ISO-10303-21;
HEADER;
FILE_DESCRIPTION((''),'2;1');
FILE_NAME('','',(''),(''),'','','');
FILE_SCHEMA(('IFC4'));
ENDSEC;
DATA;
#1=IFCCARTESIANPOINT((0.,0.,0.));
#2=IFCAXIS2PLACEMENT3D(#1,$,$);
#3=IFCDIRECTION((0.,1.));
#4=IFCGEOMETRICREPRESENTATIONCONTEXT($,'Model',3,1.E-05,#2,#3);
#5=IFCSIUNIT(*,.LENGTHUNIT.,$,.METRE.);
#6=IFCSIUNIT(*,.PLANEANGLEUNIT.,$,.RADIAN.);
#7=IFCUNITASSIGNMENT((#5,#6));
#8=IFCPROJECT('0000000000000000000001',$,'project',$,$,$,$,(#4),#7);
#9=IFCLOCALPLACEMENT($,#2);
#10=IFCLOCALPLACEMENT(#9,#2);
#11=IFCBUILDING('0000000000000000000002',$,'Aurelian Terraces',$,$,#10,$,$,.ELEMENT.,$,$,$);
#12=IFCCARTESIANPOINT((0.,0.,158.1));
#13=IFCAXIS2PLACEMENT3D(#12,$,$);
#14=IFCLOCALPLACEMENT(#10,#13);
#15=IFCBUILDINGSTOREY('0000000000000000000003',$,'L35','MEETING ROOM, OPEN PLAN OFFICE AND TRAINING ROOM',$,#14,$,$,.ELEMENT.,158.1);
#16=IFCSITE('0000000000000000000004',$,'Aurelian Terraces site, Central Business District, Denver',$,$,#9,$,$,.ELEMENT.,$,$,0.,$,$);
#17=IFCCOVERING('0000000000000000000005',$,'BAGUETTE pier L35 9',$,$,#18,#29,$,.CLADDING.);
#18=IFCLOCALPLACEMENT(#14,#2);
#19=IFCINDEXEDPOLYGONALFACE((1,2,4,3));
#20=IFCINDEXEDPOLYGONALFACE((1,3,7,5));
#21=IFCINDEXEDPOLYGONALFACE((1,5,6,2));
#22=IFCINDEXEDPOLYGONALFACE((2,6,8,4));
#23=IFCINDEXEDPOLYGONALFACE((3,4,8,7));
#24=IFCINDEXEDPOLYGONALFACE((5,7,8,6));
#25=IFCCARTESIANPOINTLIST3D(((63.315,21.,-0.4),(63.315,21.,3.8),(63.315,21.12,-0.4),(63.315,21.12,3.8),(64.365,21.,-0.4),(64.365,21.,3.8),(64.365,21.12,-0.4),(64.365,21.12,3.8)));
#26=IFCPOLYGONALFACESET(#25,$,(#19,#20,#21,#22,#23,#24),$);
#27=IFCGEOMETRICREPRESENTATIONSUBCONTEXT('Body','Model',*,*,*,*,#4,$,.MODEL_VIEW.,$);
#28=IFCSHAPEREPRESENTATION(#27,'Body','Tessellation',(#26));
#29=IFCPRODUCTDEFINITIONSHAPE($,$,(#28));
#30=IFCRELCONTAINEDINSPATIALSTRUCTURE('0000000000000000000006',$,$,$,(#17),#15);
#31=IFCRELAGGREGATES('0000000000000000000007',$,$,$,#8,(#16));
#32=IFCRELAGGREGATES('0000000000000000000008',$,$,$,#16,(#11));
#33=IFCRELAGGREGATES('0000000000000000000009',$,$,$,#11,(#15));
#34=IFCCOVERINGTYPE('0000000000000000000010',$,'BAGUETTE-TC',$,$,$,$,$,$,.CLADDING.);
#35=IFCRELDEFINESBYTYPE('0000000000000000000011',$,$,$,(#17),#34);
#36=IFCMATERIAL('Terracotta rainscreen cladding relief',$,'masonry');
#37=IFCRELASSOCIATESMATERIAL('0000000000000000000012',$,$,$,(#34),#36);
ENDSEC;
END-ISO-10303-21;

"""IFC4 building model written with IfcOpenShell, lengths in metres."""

from ifc_helpers import new_model, si_unit, direction, frame, origin, origin_2d, place, context, subcontext, project, spatial, rectangle, extrude, source, transform, mapped, material, type_object, element, save


model = new_model("IFC4")

# Units and contexts
model_context = context("Model", 3, precision=1e-05, world=origin(), true_north=direction((0.0, 1.0)))
body_context = subcontext(model_context, "Body", "Model", "MODEL_VIEW")
ifc_project = project(units=[si_unit("LENGTHUNIT", "METRE"), si_unit("PLANEANGLEUNIT", "RADIAN")], contexts=[model_context])

# Site, building, storey
site_placement = place(None, origin())
site = spatial("IfcSite", under=ifc_project, at=site_placement, Name="Aurelian Terraces site, Central Business District, Denver", CompositionType="ELEMENT", RefElevation=0.0)
building_placement = place(site_placement, origin())
building = spatial("IfcBuilding", under=site, at=building_placement, Name="Aurelian Terraces", CompositionType="ELEMENT")
storey_placement = place(building_placement, frame((0.0, 0.0, 158.1)))
storey = spatial("IfcBuildingStorey", under=building, at=storey_placement, Name="L35", Description="MEETING ROOM, OPEN PLAN OFFICE AND TRAINING ROOM", CompositionType="ELEMENT", Elevation=158.1)

# Covering
ifc_material_1 = material(Name="Terracotta rainscreen cladding relief", Category="masonry")
covering_type = type_object("IfcCoveringType", Name="BAGUETTE-TC", PredefinedType="CLADDING", material=ifc_material_1)
shared_shape_1 = source(origin(), body_context, "Body", "SweptSolid", [
    extrude(rectangle(XDim=1.05, YDim=0.12, at=origin_2d()), origin(), (0.0, 0.0, 1.0), 4.2),
])
covering_placement = place(storey_placement, frame((63.84, 21.06, -0.4), z_axis=(0.0, 0.0, 1.0), x_axis=(1.0, 0.0, 0.0)))
element("IfcCovering", 1, at=covering_placement, inside=storey, type_object=covering_type, Name="BAGUETTE pier L35 9", PredefinedType="CLADDING", context=body_context, shape_type="MappedRepresentation", body=[
    mapped(shared_shape_1, transform((0.0, 0.0, 0.0), scale=1.0)),
])

save(model, "model.ifc")
